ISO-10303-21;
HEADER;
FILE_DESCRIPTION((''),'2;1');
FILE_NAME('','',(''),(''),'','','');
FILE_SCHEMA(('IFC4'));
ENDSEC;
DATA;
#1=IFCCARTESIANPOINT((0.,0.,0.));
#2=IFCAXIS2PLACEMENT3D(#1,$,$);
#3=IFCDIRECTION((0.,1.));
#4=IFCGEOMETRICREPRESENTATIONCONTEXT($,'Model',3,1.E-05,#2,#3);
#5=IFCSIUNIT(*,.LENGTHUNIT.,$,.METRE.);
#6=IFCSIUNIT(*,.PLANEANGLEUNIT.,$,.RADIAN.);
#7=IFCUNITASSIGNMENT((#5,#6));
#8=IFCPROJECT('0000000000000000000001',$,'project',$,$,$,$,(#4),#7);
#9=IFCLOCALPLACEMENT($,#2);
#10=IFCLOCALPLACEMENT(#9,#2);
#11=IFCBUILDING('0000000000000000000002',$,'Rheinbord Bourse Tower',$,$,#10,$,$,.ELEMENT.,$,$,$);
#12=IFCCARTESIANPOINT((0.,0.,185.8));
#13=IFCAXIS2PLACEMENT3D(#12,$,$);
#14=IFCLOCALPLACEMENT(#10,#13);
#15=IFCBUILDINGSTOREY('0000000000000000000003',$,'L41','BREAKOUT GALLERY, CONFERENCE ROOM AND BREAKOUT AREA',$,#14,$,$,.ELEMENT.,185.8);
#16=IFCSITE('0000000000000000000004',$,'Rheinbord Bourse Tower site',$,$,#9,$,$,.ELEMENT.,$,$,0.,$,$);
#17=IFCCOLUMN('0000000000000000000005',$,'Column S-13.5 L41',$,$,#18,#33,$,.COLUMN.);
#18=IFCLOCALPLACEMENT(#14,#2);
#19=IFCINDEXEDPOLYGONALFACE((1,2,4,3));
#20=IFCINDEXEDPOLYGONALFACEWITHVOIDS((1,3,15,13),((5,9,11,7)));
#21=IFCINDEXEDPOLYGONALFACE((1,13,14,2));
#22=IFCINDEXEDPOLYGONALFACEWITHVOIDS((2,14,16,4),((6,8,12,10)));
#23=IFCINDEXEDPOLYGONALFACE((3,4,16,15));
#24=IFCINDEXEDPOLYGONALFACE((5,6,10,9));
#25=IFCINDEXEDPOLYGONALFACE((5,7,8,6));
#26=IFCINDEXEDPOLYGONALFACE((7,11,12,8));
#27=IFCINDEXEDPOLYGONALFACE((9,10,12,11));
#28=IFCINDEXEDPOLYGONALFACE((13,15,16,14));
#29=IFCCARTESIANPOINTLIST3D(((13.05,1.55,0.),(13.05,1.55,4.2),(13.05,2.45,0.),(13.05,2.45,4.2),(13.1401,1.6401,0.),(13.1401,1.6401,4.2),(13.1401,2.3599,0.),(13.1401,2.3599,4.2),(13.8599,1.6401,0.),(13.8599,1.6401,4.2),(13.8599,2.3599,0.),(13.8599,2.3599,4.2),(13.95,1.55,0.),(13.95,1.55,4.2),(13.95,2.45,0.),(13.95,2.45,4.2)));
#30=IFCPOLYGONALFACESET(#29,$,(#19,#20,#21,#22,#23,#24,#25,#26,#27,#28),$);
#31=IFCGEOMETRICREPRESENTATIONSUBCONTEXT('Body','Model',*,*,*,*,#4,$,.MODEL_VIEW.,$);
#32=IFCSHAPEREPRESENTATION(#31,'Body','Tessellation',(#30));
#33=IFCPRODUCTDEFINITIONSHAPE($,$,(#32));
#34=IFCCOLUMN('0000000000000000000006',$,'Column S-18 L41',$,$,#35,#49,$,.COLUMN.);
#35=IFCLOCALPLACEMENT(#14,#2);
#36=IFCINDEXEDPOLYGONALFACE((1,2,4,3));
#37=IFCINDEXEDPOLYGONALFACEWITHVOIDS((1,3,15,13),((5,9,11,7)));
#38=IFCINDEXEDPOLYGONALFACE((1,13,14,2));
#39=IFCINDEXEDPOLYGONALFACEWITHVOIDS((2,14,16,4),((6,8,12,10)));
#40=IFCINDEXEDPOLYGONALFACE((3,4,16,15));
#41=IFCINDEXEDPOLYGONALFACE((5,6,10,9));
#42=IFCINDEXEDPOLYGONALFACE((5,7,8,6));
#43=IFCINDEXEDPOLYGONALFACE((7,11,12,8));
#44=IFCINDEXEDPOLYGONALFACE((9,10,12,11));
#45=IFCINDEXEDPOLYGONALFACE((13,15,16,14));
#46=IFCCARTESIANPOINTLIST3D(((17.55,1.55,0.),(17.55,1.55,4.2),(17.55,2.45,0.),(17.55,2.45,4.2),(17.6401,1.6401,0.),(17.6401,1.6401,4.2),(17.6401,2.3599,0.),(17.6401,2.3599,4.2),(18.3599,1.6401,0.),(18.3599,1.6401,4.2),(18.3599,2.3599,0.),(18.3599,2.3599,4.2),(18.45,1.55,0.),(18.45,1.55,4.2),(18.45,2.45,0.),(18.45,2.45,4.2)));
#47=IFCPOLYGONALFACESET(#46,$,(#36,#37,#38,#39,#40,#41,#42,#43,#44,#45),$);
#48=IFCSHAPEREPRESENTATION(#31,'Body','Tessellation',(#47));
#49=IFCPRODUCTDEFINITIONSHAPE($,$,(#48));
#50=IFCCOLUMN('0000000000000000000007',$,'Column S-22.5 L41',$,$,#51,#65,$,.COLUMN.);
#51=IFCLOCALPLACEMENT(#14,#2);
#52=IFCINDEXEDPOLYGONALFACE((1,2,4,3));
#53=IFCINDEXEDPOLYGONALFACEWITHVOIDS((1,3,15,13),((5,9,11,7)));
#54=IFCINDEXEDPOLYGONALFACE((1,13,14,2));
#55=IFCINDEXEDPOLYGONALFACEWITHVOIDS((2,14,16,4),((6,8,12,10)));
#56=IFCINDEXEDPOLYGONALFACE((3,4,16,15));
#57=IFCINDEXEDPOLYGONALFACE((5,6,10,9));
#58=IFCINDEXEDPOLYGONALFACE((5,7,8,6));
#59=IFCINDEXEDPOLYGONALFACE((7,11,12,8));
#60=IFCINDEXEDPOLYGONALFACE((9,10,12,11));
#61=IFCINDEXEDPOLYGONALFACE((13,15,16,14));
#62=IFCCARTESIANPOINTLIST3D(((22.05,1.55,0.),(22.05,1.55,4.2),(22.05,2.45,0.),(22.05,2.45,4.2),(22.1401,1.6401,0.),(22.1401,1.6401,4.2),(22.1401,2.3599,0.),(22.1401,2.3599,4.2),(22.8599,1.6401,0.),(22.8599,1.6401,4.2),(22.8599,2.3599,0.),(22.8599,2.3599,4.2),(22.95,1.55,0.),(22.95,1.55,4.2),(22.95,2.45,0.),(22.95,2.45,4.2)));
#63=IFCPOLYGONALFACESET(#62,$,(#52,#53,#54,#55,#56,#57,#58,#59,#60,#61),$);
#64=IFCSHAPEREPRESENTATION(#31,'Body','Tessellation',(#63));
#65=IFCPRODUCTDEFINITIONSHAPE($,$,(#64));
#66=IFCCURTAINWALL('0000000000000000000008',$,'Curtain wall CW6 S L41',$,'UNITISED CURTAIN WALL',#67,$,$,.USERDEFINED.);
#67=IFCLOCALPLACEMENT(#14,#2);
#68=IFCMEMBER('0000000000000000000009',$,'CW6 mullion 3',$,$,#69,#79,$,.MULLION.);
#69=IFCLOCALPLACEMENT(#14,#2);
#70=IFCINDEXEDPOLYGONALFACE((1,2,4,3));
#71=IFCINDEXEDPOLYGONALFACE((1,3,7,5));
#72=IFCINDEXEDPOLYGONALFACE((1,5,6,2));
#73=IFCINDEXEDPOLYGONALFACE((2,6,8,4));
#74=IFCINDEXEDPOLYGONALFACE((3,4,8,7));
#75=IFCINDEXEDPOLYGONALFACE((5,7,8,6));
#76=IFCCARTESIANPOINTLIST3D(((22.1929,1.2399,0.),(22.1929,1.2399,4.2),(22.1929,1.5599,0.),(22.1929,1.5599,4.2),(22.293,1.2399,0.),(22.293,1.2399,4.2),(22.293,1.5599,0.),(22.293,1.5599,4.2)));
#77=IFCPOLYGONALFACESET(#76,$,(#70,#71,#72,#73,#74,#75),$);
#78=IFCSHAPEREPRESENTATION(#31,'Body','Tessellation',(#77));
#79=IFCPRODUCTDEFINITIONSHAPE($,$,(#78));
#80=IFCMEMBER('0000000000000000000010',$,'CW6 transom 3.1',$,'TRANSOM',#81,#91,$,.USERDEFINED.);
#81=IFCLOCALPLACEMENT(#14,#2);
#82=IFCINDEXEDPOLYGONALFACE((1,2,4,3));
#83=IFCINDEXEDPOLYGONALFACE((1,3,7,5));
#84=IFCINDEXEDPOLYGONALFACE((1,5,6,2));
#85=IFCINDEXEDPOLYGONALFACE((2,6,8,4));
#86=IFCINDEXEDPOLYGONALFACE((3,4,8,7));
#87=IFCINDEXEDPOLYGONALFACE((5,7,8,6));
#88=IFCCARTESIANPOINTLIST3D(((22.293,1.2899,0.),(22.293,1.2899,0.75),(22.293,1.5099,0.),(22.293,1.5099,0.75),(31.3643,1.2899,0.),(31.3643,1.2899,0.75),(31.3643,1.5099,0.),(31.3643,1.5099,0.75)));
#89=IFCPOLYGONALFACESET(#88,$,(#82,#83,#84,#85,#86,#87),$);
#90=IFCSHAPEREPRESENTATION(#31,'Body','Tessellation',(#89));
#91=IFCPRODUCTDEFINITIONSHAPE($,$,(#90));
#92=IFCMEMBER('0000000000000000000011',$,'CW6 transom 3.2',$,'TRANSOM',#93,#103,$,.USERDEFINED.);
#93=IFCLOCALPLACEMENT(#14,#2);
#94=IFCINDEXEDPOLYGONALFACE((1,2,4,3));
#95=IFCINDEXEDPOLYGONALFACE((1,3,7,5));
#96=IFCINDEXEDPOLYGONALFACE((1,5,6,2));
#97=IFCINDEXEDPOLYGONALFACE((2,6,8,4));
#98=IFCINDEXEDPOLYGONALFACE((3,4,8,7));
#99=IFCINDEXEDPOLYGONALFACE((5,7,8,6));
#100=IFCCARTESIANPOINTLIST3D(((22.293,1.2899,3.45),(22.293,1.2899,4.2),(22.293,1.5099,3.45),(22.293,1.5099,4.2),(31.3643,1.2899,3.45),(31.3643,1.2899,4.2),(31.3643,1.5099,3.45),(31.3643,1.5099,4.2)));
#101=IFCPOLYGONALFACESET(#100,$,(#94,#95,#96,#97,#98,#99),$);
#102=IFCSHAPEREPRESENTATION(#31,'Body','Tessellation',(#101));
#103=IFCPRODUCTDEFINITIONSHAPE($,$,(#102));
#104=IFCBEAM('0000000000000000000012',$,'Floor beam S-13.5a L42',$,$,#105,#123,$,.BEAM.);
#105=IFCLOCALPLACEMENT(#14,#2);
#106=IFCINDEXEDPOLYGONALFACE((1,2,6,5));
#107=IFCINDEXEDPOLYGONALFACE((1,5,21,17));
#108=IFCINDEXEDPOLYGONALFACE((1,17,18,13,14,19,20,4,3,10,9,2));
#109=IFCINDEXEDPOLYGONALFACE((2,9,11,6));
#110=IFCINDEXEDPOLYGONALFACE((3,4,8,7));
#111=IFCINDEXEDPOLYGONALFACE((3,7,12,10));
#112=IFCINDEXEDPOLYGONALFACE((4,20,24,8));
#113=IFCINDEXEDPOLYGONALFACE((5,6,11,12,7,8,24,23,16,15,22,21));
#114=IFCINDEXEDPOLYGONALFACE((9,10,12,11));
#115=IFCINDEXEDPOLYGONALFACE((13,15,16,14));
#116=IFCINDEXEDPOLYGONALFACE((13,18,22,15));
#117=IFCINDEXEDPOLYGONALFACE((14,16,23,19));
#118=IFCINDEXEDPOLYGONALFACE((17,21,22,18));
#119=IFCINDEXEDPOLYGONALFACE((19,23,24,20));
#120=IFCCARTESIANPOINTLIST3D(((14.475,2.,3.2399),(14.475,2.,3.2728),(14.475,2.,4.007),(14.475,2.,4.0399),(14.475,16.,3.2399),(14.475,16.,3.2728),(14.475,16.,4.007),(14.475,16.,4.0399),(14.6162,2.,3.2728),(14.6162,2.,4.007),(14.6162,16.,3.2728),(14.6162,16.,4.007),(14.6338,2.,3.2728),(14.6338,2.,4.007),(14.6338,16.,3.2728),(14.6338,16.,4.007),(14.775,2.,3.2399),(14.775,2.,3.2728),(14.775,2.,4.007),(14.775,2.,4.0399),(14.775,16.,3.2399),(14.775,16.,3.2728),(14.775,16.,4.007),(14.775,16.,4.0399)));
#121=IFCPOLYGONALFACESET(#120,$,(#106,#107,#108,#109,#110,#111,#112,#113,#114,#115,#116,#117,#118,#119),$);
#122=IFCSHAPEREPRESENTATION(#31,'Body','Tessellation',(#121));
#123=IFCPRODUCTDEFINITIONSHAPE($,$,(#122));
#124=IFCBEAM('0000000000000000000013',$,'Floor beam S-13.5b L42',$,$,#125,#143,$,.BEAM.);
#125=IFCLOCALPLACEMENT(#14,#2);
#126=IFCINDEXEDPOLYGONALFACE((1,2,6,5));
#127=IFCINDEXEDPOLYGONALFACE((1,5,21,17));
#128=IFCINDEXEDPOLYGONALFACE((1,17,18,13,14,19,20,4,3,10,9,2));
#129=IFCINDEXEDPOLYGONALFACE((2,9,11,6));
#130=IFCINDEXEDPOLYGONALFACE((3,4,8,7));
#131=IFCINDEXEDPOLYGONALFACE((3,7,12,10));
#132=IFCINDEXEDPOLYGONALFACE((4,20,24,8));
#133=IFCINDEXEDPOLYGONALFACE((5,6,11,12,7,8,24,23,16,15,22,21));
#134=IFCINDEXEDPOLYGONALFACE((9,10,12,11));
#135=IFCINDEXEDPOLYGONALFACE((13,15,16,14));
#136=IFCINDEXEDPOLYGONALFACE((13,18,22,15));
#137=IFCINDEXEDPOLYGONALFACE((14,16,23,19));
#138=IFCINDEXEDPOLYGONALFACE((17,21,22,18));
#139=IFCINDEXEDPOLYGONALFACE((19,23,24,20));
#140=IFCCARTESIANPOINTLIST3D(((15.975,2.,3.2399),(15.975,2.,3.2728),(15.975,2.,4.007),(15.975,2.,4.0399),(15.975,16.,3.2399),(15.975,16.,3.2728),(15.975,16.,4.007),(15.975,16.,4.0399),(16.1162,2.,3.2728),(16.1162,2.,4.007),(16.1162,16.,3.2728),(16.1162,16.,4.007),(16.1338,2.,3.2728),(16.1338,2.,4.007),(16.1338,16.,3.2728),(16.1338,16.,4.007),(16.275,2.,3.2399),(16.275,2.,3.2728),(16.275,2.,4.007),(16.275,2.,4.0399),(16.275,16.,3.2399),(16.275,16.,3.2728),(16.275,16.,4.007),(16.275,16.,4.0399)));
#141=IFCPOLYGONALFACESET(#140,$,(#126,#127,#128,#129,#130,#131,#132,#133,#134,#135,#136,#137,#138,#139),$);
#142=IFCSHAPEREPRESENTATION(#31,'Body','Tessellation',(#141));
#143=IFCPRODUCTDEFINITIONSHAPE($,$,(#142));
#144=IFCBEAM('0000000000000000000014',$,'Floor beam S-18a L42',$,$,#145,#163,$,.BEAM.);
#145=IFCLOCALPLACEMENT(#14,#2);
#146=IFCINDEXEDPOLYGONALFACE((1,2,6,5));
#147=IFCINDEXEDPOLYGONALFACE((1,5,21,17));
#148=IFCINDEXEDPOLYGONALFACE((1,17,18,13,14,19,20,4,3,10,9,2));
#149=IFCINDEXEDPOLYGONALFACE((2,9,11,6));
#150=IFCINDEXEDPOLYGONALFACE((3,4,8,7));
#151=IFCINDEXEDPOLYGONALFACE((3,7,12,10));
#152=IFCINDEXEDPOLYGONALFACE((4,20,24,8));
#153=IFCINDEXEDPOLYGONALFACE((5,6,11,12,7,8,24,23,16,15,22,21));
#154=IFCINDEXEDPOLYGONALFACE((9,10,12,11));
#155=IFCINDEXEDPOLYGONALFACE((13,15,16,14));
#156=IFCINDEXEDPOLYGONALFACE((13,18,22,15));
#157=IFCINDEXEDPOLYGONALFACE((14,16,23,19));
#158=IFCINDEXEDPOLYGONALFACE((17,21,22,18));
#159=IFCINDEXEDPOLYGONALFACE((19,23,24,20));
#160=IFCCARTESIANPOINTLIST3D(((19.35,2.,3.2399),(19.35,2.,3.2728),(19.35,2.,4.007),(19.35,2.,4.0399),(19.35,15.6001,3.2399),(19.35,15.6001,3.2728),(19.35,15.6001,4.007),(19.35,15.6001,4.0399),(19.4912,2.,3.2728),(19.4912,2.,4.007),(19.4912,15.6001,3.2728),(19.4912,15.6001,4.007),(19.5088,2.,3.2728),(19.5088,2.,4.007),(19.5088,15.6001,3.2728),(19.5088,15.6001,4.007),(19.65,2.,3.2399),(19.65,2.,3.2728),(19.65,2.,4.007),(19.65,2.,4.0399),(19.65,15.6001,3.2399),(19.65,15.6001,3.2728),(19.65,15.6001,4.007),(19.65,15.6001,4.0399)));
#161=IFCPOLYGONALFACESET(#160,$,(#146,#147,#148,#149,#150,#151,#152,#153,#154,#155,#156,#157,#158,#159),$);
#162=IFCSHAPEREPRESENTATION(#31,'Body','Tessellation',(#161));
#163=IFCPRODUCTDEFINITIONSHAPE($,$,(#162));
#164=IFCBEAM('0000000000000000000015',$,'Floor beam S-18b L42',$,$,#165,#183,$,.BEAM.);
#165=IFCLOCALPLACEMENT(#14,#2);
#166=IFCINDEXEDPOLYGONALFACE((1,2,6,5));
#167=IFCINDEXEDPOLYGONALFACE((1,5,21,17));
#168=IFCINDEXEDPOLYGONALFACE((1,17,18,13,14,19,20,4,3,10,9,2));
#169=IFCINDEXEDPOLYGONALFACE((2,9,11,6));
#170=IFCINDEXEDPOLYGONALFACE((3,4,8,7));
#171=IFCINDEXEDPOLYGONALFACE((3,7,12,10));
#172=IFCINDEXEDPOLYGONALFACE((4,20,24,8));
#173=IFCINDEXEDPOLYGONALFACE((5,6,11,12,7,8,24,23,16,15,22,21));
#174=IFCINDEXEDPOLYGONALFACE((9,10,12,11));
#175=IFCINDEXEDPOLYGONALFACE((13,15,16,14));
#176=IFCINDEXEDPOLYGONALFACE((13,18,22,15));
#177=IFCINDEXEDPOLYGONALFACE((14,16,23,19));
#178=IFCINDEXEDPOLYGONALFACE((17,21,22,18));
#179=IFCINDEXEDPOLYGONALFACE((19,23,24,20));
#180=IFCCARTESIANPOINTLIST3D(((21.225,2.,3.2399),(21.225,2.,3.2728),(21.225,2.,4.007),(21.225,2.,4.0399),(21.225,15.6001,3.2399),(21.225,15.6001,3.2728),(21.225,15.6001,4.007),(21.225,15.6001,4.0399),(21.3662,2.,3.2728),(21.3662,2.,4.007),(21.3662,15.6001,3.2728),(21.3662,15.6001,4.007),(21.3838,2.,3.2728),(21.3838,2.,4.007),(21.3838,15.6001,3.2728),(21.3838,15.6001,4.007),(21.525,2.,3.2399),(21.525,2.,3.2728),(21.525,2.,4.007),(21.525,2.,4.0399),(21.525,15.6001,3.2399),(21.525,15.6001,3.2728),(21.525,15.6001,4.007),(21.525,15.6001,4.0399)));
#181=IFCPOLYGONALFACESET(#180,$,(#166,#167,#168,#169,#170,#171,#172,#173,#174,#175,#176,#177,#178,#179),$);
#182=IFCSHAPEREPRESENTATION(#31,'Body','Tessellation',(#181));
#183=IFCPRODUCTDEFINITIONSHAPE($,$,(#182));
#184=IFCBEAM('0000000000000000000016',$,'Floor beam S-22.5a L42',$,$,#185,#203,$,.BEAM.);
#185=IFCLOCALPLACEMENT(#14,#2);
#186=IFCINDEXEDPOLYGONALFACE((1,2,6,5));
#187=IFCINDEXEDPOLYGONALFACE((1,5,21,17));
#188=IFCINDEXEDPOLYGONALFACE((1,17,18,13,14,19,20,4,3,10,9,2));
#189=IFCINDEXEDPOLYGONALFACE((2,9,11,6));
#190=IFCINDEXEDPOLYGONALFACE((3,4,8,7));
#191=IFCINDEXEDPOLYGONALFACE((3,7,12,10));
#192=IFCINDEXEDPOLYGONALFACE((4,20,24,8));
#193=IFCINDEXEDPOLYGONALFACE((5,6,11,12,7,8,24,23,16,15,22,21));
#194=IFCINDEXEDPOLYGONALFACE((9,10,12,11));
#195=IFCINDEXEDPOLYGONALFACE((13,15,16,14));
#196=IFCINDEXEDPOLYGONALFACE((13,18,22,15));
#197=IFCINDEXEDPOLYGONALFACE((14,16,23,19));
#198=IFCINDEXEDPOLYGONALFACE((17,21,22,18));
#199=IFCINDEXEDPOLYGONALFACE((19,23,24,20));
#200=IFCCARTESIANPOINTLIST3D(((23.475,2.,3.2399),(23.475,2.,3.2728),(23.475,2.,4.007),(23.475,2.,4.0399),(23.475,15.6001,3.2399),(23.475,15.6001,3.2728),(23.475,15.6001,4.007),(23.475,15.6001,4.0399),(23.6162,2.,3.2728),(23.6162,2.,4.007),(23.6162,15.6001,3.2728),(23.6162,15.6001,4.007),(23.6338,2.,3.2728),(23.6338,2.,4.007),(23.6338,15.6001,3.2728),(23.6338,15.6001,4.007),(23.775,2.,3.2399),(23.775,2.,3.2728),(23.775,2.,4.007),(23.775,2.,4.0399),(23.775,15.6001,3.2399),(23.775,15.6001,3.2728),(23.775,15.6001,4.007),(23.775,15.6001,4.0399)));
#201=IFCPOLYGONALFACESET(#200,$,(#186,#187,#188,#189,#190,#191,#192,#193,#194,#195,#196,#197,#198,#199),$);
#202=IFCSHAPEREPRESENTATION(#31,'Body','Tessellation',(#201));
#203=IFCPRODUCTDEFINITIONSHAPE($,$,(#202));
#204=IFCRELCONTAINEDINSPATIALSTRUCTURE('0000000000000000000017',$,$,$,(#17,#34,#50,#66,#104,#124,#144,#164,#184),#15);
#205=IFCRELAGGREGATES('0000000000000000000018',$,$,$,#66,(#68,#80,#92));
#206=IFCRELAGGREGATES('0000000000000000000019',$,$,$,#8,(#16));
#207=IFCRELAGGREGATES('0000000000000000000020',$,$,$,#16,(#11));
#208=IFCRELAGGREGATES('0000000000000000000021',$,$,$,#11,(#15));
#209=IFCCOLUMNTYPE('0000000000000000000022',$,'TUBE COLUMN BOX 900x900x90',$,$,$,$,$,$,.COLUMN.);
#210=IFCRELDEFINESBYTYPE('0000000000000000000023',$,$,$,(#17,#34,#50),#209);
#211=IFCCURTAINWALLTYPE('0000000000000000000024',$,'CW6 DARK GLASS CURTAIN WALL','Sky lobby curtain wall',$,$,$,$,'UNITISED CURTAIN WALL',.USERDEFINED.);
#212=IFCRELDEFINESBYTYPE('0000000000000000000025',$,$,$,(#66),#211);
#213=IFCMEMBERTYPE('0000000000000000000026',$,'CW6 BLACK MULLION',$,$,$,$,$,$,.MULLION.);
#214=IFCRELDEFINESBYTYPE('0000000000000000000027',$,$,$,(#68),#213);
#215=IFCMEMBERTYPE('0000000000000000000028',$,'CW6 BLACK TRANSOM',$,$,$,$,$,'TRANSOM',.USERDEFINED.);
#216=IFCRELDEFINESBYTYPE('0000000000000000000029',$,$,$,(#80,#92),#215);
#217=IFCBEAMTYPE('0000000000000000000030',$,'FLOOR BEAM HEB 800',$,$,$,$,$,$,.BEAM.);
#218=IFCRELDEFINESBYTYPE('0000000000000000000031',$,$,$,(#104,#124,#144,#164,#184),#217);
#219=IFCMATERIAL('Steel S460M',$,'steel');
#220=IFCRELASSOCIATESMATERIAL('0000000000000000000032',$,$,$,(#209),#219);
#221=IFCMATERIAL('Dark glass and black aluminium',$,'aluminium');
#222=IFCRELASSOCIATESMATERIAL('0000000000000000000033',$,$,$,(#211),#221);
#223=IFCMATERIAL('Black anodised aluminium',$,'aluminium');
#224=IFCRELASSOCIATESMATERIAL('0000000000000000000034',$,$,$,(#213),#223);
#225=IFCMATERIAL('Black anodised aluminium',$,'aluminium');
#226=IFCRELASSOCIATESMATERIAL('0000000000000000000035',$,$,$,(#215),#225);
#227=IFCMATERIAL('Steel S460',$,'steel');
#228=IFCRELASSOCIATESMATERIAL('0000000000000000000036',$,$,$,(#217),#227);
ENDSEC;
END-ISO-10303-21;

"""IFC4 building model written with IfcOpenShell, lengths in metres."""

from ifc_helpers import new_model, si_unit, direction, frame, origin, origin_2d, place, context, subcontext, project, spatial, rectangle, hollow_rectangle, i_section, extrude, material, material_profile, profile_set, type_object, element, aggregate, save


model = new_model("IFC4")

# Units and contexts
model_context = context("Model", 3, precision=1e-05, world=origin(), true_north=direction((0.0, 1.0)))
body_context = subcontext(model_context, "Body", "Model", "MODEL_VIEW")
ifc_project = project(units=[si_unit("LENGTHUNIT", "METRE"), si_unit("PLANEANGLEUNIT", "RADIAN")], contexts=[model_context])

# Site, building, storey
site_placement = place(None, origin())
site = spatial("IfcSite", under=ifc_project, at=site_placement, Name="Rheinbord Bourse Tower site", CompositionType="ELEMENT", RefElevation=0.0)
building_placement = place(site_placement, origin())
building = spatial("IfcBuilding", under=site, at=building_placement, Name="Rheinbord Bourse Tower", CompositionType="ELEMENT")
storey_placement = place(building_placement, frame((0.0, 0.0, 185.8)))
storey = spatial("IfcBuildingStorey", under=building, at=storey_placement, Name="L41", Description="BREAKOUT GALLERY, CONFERENCE ROOM AND BREAKOUT AREA", CompositionType="ELEMENT", Elevation=185.8)

# Columns
ifc_material_1 = material(Name="Steel S460M", Category="steel")
ifc_material_profile_1 = material_profile(ifc_material_1, hollow_rectangle(XDim=0.8999, YDim=0.8999, WallThickness=0.0901, at=origin_2d()), Name="BOX 900x900x90")
ifc_profile_set_1 = profile_set([ifc_material_profile_1], Name="Steel S460M")
column_type = type_object("IfcColumnType", Name="TUBE COLUMN BOX 900x900x90", PredefinedType="COLUMN", material=ifc_profile_set_1)
for number, where, z_axis, x_axis, name in (
    (1, (13.5, 2.0, 0.0), (0.0, 0.0, 1.0), (0.0, 1.0, 0.0), "Column S-13.5 L41"),
    (2, (18.0, 2.0, 0.0), (0.0, 0.0, 1.0), (0.0, 1.0, 0.0), "Column S-18 L41"),
    (3, (22.5, 2.0, 0.0), (0.0, 0.0, 1.0), (0.0, 1.0, 0.0), "Column S-22.5 L41"),
):
    element("IfcColumn", number, at=place(storey_placement, frame(where, z_axis=z_axis, x_axis=x_axis)), inside=storey, type_object=column_type, Name=name, PredefinedType="COLUMN", context=body_context, shape_type="SweptSolid", body=[
        extrude(hollow_rectangle(XDim=0.8999, YDim=0.8999, WallThickness=0.0901, at=origin_2d()), origin(), (0.0, 0.0, 1.0), 4.2),
    ])

# Curtain wall, members
ifc_material_2 = material(Name="Dark glass and black aluminium", Category="aluminium")
curtain_wall_type = type_object("IfcCurtainWallType", Name="CW6 DARK GLASS CURTAIN WALL", Description="Sky lobby curtain wall", ElementType="UNITISED CURTAIN WALL", PredefinedType="USERDEFINED", material=ifc_material_2)
curtain_wall_placement = place(storey_placement, origin())
curtain_wall = element("IfcCurtainWall", 4, at=curtain_wall_placement, inside=storey, type_object=curtain_wall_type, Name="Curtain wall CW6 S L41", ObjectType="UNITISED CURTAIN WALL", PredefinedType="USERDEFINED")
ifc_material_3 = material(Name="Black anodised aluminium", Category="aluminium")
ifc_material_profile_2 = material_profile(ifc_material_3, rectangle(XDim=0.3201, YDim=0.1001, at=origin_2d()), Name="CW6 MULLION 100x320")
ifc_profile_set_2 = profile_set([ifc_material_profile_2], Name="Black anodised aluminium")
member_type_1 = type_object("IfcMemberType", Name="CW6 BLACK MULLION", PredefinedType="MULLION", material=ifc_profile_set_2)
member_1_placement = place(storey_placement, frame((22.2429, 1.3999, 0.0), z_axis=(0.0, 0.0, 1.0), x_axis=(0.0, 1.0, 0.0)))
member_1 = element("IfcMember", 5, at=member_1_placement, type_object=member_type_1, Name="CW6 mullion 3", PredefinedType="MULLION", context=body_context, shape_type="SweptSolid", body=[
    extrude(rectangle(XDim=0.3201, YDim=0.1001, at=origin_2d()), origin(), (0.0, 0.0, 1.0), 4.2),
])
ifc_material_4 = material(Name="Black anodised aluminium", Category="aluminium")
ifc_material_profile_3 = material_profile(ifc_material_4, rectangle(XDim=0.22, YDim=0.75, at=origin_2d()), Name="CW6 TRANSOM 750x220")
ifc_profile_set_3 = profile_set([ifc_material_profile_3], Name="Black anodised aluminium")
member_type_2 = type_object("IfcMemberType", Name="CW6 BLACK TRANSOM", ElementType="TRANSOM", PredefinedType="USERDEFINED", material=ifc_profile_set_3)
member_2_placement = place(storey_placement, frame((22.293, 1.3999, 0.375), z_axis=(1.0, 0.0, 0.0), x_axis=(0.0, 1.0, 0.0)))
member_2 = element("IfcMember", 6, at=member_2_placement, type_object=member_type_2, Name="CW6 transom 3.1", ObjectType="TRANSOM", PredefinedType="USERDEFINED", context=body_context, shape_type="SweptSolid", body=[
    extrude(rectangle(XDim=0.22, YDim=0.75, at=origin_2d()), origin(), (0.0, 0.0, 1.0), 9.0713),
])
member_3_placement = place(storey_placement, frame((22.293, 1.3999, 3.825), z_axis=(1.0, 0.0, 0.0), x_axis=(0.0, 1.0, 0.0)))
member_3 = element("IfcMember", 7, at=member_3_placement, type_object=member_type_2, Name="CW6 transom 3.2", ObjectType="TRANSOM", PredefinedType="USERDEFINED", context=body_context, shape_type="SweptSolid", body=[
    extrude(rectangle(XDim=0.22, YDim=0.75, at=origin_2d()), origin(), (0.0, 0.0, 1.0), 9.0713),
])

# Beams
ifc_material_5 = material(Name="Steel S460", Category="steel")
ifc_material_profile_4 = material_profile(ifc_material_5, i_section(OverallWidth=0.3, OverallDepth=0.8, WebThickness=0.0176, FlangeThickness=0.033, at=origin_2d()), Name="HEB 800")
ifc_profile_set_4 = profile_set([ifc_material_profile_4], Name="Steel S460")
beam_type_1 = type_object("IfcBeamType", Name="FLOOR BEAM HEB 800", PredefinedType="BEAM", material=ifc_profile_set_4)
for number, where, z_axis, x_axis, name in (
    (8, (14.625, 2.0, 3.6399), (0.0, 1.0, 0.0), (-1.0, 0.0, 0.0), "Floor beam S-13.5a L42"),
    (9, (16.125, 2.0, 3.6399), (0.0, 1.0, 0.0), (-1.0, 0.0, 0.0), "Floor beam S-13.5b L42"),
):
    element("IfcBeam", number, at=place(storey_placement, frame(where, z_axis=z_axis, x_axis=x_axis)), inside=storey, type_object=beam_type_1, Name=name, PredefinedType="BEAM", context=body_context, shape_type="SweptSolid", body=[
        extrude(i_section(OverallWidth=0.3, OverallDepth=0.8, WebThickness=0.0176, FlangeThickness=0.033, at=origin_2d()), origin(), (0.0, 0.0, 1.0), 14.0),
    ])
for number, where, z_axis, x_axis, name in (
    (10, (19.5, 2.0, 3.6399), (0.0, 1.0, 0.0), (-1.0, 0.0, 0.0), "Floor beam S-18a L42"),
    (11, (21.375, 2.0, 3.6399), (0.0, 1.0, 0.0), (-1.0, 0.0, 0.0), "Floor beam S-18b L42"),
    (12, (23.625, 2.0, 3.6399), (0.0, 1.0, 0.0), (-1.0, 0.0, 0.0), "Floor beam S-22.5a L42"),
):
    element("IfcBeam", number, at=place(storey_placement, frame(where, z_axis=z_axis, x_axis=x_axis)), inside=storey, type_object=beam_type_1, Name=name, PredefinedType="BEAM", context=body_context, shape_type="SweptSolid", body=[
        extrude(i_section(OverallWidth=0.3, OverallDepth=0.8, WebThickness=0.0176, FlangeThickness=0.033, at=origin_2d()), origin(), (0.0, 0.0, 1.0), 13.6001),
    ])

aggregate(curtain_wall, [member_1, member_2, member_3])

save(model, "model.ifc")
